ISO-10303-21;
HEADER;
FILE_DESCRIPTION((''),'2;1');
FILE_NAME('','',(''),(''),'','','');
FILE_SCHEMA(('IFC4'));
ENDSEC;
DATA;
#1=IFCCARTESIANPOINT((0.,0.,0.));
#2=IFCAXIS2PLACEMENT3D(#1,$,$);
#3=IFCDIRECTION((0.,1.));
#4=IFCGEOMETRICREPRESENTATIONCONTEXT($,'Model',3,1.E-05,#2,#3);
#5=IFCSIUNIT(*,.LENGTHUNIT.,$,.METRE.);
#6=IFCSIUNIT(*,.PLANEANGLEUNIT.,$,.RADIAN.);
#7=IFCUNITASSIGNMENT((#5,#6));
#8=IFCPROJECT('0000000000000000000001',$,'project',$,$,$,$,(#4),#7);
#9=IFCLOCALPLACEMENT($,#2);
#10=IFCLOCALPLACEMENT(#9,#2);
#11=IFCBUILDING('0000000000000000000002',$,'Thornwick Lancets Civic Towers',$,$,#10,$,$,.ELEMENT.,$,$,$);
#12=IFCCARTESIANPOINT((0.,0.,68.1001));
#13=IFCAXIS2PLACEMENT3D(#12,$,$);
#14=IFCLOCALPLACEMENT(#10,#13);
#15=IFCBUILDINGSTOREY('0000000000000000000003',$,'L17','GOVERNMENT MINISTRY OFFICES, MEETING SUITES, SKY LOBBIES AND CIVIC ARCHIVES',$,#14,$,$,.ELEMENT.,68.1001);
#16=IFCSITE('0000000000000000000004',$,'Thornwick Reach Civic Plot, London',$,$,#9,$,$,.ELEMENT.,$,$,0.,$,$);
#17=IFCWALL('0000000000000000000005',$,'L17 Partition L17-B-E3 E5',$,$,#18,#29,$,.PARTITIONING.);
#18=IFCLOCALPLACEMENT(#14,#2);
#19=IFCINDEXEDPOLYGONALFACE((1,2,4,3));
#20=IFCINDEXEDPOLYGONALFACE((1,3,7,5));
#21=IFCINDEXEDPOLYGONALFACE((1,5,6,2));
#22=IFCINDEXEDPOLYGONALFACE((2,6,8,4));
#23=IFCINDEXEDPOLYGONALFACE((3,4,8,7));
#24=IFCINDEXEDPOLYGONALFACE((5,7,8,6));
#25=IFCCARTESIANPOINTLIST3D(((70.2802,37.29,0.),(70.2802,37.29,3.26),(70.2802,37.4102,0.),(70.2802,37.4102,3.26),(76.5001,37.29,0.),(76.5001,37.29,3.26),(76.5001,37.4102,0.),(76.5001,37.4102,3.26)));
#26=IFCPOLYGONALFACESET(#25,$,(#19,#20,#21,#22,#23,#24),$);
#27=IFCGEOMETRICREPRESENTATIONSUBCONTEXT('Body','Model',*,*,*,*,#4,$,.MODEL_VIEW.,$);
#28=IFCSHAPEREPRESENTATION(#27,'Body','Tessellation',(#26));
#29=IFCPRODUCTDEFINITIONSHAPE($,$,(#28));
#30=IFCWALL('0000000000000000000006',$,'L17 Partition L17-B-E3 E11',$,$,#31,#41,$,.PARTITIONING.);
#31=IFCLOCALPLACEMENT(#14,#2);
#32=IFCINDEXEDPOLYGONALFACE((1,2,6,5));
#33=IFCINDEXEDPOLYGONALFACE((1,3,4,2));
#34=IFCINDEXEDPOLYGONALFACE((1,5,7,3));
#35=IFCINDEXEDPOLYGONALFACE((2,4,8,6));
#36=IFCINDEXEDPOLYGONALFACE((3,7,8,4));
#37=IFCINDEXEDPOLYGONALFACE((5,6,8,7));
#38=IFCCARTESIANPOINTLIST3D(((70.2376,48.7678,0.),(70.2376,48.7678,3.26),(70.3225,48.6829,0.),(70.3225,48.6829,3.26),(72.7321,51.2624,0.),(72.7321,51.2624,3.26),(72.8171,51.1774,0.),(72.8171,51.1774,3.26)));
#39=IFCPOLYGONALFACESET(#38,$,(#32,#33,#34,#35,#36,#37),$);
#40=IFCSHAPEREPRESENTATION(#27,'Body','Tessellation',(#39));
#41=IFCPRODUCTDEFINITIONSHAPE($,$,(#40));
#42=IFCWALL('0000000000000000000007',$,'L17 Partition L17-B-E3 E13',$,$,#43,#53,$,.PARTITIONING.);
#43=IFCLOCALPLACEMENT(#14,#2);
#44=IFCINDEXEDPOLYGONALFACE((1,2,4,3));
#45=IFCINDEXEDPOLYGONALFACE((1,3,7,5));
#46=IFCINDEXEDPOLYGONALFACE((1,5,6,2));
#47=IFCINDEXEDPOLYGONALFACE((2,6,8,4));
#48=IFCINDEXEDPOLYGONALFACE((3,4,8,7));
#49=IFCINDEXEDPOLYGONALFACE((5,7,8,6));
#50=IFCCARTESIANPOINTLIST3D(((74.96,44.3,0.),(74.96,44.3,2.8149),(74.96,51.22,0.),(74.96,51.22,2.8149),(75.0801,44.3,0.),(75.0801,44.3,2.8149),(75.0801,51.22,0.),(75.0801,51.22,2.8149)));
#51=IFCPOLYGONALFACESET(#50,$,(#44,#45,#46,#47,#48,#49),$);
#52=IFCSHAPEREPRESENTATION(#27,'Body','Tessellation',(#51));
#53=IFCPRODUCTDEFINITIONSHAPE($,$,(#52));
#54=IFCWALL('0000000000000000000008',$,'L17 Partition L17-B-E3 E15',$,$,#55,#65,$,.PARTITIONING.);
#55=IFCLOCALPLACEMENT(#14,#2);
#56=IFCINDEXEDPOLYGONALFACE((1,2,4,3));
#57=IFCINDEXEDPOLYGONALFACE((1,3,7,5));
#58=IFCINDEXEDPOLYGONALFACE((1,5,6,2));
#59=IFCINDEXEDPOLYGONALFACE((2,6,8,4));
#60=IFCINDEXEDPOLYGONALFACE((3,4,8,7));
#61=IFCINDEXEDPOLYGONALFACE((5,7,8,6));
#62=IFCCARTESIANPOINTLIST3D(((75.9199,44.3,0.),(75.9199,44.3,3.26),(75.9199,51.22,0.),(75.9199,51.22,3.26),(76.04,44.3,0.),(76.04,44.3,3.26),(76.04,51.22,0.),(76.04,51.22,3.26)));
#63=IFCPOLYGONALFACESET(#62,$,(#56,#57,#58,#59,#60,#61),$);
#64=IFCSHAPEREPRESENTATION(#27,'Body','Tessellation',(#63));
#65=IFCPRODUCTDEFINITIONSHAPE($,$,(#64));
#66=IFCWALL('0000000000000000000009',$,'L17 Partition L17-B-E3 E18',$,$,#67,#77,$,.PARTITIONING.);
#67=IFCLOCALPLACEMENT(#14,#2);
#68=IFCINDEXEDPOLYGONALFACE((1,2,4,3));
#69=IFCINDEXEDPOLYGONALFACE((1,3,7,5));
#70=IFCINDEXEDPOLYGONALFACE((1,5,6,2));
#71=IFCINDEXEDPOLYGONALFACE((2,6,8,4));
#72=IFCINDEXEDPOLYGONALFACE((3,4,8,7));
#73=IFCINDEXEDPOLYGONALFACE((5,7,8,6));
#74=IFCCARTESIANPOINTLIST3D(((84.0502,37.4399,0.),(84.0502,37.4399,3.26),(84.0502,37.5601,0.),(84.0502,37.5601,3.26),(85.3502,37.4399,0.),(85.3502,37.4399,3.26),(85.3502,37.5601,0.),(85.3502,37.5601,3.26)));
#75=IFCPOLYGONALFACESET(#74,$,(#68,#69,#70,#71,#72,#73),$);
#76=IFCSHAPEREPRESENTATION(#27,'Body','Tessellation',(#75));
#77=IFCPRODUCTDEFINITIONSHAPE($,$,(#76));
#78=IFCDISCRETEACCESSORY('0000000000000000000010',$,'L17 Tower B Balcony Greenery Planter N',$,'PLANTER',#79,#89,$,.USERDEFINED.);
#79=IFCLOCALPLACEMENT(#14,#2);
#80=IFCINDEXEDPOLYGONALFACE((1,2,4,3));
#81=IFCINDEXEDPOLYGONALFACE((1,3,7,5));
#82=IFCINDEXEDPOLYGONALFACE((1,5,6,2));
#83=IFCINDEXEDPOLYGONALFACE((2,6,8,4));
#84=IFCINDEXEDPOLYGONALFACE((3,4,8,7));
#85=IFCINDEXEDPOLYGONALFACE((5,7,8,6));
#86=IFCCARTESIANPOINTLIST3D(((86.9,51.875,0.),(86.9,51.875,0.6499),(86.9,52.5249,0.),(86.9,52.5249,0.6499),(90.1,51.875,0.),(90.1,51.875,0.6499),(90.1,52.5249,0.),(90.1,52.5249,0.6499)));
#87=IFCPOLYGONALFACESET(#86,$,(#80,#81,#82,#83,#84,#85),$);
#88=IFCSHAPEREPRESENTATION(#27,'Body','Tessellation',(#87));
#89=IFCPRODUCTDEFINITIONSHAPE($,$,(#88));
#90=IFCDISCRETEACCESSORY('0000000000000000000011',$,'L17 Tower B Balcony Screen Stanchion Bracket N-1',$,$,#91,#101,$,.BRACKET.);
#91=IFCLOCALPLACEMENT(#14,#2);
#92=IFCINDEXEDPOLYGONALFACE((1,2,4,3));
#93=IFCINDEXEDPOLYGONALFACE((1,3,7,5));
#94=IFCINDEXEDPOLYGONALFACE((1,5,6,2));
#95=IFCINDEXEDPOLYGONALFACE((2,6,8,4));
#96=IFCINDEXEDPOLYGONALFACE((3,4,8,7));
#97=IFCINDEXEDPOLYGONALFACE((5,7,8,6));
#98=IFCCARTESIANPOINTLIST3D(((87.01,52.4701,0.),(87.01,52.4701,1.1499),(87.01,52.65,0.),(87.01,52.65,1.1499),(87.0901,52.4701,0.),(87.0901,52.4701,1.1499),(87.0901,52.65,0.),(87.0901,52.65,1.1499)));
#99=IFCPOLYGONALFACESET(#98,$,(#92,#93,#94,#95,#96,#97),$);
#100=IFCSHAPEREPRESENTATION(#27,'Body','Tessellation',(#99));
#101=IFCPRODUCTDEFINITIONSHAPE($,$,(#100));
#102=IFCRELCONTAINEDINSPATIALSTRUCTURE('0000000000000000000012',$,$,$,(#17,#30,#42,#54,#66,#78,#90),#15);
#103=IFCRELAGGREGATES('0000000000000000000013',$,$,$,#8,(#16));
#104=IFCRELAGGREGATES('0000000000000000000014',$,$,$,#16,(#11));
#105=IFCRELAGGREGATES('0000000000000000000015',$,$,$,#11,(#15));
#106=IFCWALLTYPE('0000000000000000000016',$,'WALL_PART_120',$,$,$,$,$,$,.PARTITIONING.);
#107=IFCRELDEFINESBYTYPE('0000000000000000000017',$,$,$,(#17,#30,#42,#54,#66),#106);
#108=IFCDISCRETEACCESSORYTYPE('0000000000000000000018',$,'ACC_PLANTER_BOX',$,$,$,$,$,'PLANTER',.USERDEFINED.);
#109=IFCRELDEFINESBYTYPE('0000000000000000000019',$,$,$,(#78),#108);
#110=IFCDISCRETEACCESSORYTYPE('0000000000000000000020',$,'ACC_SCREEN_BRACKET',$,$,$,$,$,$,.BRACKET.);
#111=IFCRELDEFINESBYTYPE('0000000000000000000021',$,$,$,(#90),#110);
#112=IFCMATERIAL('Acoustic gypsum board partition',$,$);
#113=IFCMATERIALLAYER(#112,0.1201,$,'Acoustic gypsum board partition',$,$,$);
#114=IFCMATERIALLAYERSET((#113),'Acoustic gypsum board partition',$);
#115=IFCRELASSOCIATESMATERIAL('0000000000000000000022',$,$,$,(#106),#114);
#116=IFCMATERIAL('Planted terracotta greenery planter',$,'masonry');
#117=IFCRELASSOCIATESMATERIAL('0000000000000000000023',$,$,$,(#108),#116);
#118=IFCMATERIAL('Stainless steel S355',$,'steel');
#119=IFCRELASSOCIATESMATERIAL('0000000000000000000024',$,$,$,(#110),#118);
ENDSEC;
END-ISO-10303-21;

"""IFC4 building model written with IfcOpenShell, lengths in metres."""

from ifc_helpers import new_model, si_unit, direction, frame, frame_2d, origin, origin_2d, place, context, subcontext, project, spatial, rectangle, extrude, material, layer, layer_set, type_object, element, save


model = new_model("IFC4")

# Units and contexts
model_context = context("Model", 3, precision=1e-05, world=origin(), true_north=direction((0.0, 1.0)))
body_context = subcontext(model_context, "Body", "Model", "MODEL_VIEW")
ifc_project = project(units=[si_unit("LENGTHUNIT", "METRE"), si_unit("PLANEANGLEUNIT", "RADIAN")], contexts=[model_context])

# Site, building, storey
site_placement = place(None, origin())
site = spatial("IfcSite", under=ifc_project, at=site_placement, Name="Thornwick Reach Civic Plot, London", CompositionType="ELEMENT", RefElevation=0.0)
building_placement = place(site_placement, origin())
building = spatial("IfcBuilding", under=site, at=building_placement, Name="Thornwick Lancets Civic Towers", CompositionType="ELEMENT")
storey_placement = place(building_placement, frame((0.0, 0.0, 68.1001)))
storey = spatial("IfcBuildingStorey", under=building, at=storey_placement, Name="L17", Description="GOVERNMENT MINISTRY OFFICES, MEETING SUITES, SKY LOBBIES AND CIVIC ARCHIVES", CompositionType="ELEMENT", Elevation=68.1001)

# Shared definitions
ifc_material_1 = material(Name="Acoustic gypsum board partition")
ifc_layer_1 = layer(ifc_material_1, 0.1201, Name="Acoustic gypsum board partition")
ifc_layer_set_1 = layer_set([ifc_layer_1], Name="Acoustic gypsum board partition")
wall_type_1 = type_object("IfcWallType", Name="WALL_PART_120", PredefinedType="PARTITIONING", material=ifc_layer_set_1)

# Walls
wall_1_placement = place(storey_placement, frame((76.5, 37.3501, 0.0), z_axis=(0.0, 0.0, 1.0), x_axis=(-1.0, 0.0, 0.0)))
element("IfcWall", 1, at=wall_1_placement, inside=storey, type_object=wall_type_1, Name="L17 Partition L17-B-E3 E5", PredefinedType="PARTITIONING", context=body_context, shape_type="SweptSolid", body=[
    extrude(rectangle(XDim=6.22, YDim=0.1201, at=frame_2d((3.1099, 0.0))), origin(), (0.0, 0.0, 1.0), 3.26),
])
wall_2_placement = place(storey_placement, frame((70.28, 48.7253, 0.0), z_axis=(0.0, 0.0, 1.0), x_axis=(0.707107, 0.707107, 0.0)))
element("IfcWall", 2, at=wall_2_placement, inside=storey, type_object=wall_type_1, Name="L17 Partition L17-B-E3 E11", PredefinedType="PARTITIONING", context=body_context, shape_type="SweptSolid", body=[
    extrude(rectangle(XDim=3.5278, YDim=0.1201, at=frame_2d((1.7639, 0.0))), origin(), (0.0, 0.0, 1.0), 3.26),
])
wall_3_placement = place(storey_placement, frame((75.02, 51.22, 0.0), z_axis=(0.0, 0.0, 1.0), x_axis=(0.0, -1.0, 0.0)))
element("IfcWall", 3, at=wall_3_placement, inside=storey, type_object=wall_type_1, Name="L17 Partition L17-B-E3 E13", PredefinedType="PARTITIONING", context=body_context, shape_type="SweptSolid", body=[
    extrude(rectangle(XDim=6.9199, YDim=0.1201, at=frame_2d((3.46, 0.0))), origin(), (0.0, 0.0, 1.0), 2.8149),
])
wall_4_placement = place(storey_placement, frame((75.98, 44.3, 0.0), z_axis=(0.0, 0.0, 1.0), x_axis=(0.0, 1.0, 0.0)))
element("IfcWall", 4, at=wall_4_placement, inside=storey, type_object=wall_type_1, Name="L17 Partition L17-B-E3 E15", PredefinedType="PARTITIONING", context=body_context, shape_type="SweptSolid", body=[
    extrude(rectangle(XDim=6.9199, YDim=0.1201, at=frame_2d((3.46, 0.0))), origin(), (0.0, 0.0, 1.0), 3.26),
])
wall_5_placement = place(storey_placement, frame((85.3501, 37.5, 0.0), z_axis=(0.0, 0.0, 1.0), x_axis=(-1.0, 0.0, 0.0)))
element("IfcWall", 5, at=wall_5_placement, inside=storey, type_object=wall_type_1, Name="L17 Partition L17-B-E3 E18", PredefinedType="PARTITIONING", context=body_context, shape_type="SweptSolid", body=[
    extrude(rectangle(XDim=1.3, YDim=0.1201, at=frame_2d((0.6499, 0.0))), origin(), (0.0, 0.0, 1.0), 3.26),
])

# Discrete accessories
ifc_material_2 = material(Name="Planted terracotta greenery planter", Category="masonry")
discrete_accessory_type_1 = type_object("IfcDiscreteAccessoryType", Name="ACC_PLANTER_BOX", ElementType="PLANTER", PredefinedType="USERDEFINED", material=ifc_material_2)
discrete_accessory_1_placement = place(storey_placement, frame((88.5, 52.2, 0.0), z_axis=(0.0, 0.0, 1.0), x_axis=(1.0, 0.0, 0.0)))
element("IfcDiscreteAccessory", 6, at=discrete_accessory_1_placement, inside=storey, type_object=discrete_accessory_type_1, Name="L17 Tower B Balcony Greenery Planter N", ObjectType="PLANTER", PredefinedType="USERDEFINED", context=body_context, shape_type="SweptSolid", body=[
    extrude(rectangle(XDim=3.2, YDim=0.6499, at=origin_2d()), origin(), (0.0, 0.0, 1.0), 0.6499),
])
ifc_material_3 = material(Name="Stainless steel S355", Category="steel")
discrete_accessory_type_2 = type_object("IfcDiscreteAccessoryType", Name="ACC_SCREEN_BRACKET", PredefinedType="BRACKET", material=ifc_material_3)
discrete_accessory_2_placement = place(storey_placement, frame((87.05, 52.5601, 0.0), z_axis=(0.0, 0.0, 1.0), x_axis=(1.0, 0.0, 0.0)))
element("IfcDiscreteAccessory", 7, at=discrete_accessory_2_placement, inside=storey, type_object=discrete_accessory_type_2, Name="L17 Tower B Balcony Screen Stanchion Bracket N-1", PredefinedType="BRACKET", context=body_context, shape_type="SweptSolid", body=[
    extrude(rectangle(XDim=0.0801, YDim=0.1799, at=origin_2d()), origin(), (0.0, 0.0, 1.0), 1.1499),
])

save(model, "model.ifc")
